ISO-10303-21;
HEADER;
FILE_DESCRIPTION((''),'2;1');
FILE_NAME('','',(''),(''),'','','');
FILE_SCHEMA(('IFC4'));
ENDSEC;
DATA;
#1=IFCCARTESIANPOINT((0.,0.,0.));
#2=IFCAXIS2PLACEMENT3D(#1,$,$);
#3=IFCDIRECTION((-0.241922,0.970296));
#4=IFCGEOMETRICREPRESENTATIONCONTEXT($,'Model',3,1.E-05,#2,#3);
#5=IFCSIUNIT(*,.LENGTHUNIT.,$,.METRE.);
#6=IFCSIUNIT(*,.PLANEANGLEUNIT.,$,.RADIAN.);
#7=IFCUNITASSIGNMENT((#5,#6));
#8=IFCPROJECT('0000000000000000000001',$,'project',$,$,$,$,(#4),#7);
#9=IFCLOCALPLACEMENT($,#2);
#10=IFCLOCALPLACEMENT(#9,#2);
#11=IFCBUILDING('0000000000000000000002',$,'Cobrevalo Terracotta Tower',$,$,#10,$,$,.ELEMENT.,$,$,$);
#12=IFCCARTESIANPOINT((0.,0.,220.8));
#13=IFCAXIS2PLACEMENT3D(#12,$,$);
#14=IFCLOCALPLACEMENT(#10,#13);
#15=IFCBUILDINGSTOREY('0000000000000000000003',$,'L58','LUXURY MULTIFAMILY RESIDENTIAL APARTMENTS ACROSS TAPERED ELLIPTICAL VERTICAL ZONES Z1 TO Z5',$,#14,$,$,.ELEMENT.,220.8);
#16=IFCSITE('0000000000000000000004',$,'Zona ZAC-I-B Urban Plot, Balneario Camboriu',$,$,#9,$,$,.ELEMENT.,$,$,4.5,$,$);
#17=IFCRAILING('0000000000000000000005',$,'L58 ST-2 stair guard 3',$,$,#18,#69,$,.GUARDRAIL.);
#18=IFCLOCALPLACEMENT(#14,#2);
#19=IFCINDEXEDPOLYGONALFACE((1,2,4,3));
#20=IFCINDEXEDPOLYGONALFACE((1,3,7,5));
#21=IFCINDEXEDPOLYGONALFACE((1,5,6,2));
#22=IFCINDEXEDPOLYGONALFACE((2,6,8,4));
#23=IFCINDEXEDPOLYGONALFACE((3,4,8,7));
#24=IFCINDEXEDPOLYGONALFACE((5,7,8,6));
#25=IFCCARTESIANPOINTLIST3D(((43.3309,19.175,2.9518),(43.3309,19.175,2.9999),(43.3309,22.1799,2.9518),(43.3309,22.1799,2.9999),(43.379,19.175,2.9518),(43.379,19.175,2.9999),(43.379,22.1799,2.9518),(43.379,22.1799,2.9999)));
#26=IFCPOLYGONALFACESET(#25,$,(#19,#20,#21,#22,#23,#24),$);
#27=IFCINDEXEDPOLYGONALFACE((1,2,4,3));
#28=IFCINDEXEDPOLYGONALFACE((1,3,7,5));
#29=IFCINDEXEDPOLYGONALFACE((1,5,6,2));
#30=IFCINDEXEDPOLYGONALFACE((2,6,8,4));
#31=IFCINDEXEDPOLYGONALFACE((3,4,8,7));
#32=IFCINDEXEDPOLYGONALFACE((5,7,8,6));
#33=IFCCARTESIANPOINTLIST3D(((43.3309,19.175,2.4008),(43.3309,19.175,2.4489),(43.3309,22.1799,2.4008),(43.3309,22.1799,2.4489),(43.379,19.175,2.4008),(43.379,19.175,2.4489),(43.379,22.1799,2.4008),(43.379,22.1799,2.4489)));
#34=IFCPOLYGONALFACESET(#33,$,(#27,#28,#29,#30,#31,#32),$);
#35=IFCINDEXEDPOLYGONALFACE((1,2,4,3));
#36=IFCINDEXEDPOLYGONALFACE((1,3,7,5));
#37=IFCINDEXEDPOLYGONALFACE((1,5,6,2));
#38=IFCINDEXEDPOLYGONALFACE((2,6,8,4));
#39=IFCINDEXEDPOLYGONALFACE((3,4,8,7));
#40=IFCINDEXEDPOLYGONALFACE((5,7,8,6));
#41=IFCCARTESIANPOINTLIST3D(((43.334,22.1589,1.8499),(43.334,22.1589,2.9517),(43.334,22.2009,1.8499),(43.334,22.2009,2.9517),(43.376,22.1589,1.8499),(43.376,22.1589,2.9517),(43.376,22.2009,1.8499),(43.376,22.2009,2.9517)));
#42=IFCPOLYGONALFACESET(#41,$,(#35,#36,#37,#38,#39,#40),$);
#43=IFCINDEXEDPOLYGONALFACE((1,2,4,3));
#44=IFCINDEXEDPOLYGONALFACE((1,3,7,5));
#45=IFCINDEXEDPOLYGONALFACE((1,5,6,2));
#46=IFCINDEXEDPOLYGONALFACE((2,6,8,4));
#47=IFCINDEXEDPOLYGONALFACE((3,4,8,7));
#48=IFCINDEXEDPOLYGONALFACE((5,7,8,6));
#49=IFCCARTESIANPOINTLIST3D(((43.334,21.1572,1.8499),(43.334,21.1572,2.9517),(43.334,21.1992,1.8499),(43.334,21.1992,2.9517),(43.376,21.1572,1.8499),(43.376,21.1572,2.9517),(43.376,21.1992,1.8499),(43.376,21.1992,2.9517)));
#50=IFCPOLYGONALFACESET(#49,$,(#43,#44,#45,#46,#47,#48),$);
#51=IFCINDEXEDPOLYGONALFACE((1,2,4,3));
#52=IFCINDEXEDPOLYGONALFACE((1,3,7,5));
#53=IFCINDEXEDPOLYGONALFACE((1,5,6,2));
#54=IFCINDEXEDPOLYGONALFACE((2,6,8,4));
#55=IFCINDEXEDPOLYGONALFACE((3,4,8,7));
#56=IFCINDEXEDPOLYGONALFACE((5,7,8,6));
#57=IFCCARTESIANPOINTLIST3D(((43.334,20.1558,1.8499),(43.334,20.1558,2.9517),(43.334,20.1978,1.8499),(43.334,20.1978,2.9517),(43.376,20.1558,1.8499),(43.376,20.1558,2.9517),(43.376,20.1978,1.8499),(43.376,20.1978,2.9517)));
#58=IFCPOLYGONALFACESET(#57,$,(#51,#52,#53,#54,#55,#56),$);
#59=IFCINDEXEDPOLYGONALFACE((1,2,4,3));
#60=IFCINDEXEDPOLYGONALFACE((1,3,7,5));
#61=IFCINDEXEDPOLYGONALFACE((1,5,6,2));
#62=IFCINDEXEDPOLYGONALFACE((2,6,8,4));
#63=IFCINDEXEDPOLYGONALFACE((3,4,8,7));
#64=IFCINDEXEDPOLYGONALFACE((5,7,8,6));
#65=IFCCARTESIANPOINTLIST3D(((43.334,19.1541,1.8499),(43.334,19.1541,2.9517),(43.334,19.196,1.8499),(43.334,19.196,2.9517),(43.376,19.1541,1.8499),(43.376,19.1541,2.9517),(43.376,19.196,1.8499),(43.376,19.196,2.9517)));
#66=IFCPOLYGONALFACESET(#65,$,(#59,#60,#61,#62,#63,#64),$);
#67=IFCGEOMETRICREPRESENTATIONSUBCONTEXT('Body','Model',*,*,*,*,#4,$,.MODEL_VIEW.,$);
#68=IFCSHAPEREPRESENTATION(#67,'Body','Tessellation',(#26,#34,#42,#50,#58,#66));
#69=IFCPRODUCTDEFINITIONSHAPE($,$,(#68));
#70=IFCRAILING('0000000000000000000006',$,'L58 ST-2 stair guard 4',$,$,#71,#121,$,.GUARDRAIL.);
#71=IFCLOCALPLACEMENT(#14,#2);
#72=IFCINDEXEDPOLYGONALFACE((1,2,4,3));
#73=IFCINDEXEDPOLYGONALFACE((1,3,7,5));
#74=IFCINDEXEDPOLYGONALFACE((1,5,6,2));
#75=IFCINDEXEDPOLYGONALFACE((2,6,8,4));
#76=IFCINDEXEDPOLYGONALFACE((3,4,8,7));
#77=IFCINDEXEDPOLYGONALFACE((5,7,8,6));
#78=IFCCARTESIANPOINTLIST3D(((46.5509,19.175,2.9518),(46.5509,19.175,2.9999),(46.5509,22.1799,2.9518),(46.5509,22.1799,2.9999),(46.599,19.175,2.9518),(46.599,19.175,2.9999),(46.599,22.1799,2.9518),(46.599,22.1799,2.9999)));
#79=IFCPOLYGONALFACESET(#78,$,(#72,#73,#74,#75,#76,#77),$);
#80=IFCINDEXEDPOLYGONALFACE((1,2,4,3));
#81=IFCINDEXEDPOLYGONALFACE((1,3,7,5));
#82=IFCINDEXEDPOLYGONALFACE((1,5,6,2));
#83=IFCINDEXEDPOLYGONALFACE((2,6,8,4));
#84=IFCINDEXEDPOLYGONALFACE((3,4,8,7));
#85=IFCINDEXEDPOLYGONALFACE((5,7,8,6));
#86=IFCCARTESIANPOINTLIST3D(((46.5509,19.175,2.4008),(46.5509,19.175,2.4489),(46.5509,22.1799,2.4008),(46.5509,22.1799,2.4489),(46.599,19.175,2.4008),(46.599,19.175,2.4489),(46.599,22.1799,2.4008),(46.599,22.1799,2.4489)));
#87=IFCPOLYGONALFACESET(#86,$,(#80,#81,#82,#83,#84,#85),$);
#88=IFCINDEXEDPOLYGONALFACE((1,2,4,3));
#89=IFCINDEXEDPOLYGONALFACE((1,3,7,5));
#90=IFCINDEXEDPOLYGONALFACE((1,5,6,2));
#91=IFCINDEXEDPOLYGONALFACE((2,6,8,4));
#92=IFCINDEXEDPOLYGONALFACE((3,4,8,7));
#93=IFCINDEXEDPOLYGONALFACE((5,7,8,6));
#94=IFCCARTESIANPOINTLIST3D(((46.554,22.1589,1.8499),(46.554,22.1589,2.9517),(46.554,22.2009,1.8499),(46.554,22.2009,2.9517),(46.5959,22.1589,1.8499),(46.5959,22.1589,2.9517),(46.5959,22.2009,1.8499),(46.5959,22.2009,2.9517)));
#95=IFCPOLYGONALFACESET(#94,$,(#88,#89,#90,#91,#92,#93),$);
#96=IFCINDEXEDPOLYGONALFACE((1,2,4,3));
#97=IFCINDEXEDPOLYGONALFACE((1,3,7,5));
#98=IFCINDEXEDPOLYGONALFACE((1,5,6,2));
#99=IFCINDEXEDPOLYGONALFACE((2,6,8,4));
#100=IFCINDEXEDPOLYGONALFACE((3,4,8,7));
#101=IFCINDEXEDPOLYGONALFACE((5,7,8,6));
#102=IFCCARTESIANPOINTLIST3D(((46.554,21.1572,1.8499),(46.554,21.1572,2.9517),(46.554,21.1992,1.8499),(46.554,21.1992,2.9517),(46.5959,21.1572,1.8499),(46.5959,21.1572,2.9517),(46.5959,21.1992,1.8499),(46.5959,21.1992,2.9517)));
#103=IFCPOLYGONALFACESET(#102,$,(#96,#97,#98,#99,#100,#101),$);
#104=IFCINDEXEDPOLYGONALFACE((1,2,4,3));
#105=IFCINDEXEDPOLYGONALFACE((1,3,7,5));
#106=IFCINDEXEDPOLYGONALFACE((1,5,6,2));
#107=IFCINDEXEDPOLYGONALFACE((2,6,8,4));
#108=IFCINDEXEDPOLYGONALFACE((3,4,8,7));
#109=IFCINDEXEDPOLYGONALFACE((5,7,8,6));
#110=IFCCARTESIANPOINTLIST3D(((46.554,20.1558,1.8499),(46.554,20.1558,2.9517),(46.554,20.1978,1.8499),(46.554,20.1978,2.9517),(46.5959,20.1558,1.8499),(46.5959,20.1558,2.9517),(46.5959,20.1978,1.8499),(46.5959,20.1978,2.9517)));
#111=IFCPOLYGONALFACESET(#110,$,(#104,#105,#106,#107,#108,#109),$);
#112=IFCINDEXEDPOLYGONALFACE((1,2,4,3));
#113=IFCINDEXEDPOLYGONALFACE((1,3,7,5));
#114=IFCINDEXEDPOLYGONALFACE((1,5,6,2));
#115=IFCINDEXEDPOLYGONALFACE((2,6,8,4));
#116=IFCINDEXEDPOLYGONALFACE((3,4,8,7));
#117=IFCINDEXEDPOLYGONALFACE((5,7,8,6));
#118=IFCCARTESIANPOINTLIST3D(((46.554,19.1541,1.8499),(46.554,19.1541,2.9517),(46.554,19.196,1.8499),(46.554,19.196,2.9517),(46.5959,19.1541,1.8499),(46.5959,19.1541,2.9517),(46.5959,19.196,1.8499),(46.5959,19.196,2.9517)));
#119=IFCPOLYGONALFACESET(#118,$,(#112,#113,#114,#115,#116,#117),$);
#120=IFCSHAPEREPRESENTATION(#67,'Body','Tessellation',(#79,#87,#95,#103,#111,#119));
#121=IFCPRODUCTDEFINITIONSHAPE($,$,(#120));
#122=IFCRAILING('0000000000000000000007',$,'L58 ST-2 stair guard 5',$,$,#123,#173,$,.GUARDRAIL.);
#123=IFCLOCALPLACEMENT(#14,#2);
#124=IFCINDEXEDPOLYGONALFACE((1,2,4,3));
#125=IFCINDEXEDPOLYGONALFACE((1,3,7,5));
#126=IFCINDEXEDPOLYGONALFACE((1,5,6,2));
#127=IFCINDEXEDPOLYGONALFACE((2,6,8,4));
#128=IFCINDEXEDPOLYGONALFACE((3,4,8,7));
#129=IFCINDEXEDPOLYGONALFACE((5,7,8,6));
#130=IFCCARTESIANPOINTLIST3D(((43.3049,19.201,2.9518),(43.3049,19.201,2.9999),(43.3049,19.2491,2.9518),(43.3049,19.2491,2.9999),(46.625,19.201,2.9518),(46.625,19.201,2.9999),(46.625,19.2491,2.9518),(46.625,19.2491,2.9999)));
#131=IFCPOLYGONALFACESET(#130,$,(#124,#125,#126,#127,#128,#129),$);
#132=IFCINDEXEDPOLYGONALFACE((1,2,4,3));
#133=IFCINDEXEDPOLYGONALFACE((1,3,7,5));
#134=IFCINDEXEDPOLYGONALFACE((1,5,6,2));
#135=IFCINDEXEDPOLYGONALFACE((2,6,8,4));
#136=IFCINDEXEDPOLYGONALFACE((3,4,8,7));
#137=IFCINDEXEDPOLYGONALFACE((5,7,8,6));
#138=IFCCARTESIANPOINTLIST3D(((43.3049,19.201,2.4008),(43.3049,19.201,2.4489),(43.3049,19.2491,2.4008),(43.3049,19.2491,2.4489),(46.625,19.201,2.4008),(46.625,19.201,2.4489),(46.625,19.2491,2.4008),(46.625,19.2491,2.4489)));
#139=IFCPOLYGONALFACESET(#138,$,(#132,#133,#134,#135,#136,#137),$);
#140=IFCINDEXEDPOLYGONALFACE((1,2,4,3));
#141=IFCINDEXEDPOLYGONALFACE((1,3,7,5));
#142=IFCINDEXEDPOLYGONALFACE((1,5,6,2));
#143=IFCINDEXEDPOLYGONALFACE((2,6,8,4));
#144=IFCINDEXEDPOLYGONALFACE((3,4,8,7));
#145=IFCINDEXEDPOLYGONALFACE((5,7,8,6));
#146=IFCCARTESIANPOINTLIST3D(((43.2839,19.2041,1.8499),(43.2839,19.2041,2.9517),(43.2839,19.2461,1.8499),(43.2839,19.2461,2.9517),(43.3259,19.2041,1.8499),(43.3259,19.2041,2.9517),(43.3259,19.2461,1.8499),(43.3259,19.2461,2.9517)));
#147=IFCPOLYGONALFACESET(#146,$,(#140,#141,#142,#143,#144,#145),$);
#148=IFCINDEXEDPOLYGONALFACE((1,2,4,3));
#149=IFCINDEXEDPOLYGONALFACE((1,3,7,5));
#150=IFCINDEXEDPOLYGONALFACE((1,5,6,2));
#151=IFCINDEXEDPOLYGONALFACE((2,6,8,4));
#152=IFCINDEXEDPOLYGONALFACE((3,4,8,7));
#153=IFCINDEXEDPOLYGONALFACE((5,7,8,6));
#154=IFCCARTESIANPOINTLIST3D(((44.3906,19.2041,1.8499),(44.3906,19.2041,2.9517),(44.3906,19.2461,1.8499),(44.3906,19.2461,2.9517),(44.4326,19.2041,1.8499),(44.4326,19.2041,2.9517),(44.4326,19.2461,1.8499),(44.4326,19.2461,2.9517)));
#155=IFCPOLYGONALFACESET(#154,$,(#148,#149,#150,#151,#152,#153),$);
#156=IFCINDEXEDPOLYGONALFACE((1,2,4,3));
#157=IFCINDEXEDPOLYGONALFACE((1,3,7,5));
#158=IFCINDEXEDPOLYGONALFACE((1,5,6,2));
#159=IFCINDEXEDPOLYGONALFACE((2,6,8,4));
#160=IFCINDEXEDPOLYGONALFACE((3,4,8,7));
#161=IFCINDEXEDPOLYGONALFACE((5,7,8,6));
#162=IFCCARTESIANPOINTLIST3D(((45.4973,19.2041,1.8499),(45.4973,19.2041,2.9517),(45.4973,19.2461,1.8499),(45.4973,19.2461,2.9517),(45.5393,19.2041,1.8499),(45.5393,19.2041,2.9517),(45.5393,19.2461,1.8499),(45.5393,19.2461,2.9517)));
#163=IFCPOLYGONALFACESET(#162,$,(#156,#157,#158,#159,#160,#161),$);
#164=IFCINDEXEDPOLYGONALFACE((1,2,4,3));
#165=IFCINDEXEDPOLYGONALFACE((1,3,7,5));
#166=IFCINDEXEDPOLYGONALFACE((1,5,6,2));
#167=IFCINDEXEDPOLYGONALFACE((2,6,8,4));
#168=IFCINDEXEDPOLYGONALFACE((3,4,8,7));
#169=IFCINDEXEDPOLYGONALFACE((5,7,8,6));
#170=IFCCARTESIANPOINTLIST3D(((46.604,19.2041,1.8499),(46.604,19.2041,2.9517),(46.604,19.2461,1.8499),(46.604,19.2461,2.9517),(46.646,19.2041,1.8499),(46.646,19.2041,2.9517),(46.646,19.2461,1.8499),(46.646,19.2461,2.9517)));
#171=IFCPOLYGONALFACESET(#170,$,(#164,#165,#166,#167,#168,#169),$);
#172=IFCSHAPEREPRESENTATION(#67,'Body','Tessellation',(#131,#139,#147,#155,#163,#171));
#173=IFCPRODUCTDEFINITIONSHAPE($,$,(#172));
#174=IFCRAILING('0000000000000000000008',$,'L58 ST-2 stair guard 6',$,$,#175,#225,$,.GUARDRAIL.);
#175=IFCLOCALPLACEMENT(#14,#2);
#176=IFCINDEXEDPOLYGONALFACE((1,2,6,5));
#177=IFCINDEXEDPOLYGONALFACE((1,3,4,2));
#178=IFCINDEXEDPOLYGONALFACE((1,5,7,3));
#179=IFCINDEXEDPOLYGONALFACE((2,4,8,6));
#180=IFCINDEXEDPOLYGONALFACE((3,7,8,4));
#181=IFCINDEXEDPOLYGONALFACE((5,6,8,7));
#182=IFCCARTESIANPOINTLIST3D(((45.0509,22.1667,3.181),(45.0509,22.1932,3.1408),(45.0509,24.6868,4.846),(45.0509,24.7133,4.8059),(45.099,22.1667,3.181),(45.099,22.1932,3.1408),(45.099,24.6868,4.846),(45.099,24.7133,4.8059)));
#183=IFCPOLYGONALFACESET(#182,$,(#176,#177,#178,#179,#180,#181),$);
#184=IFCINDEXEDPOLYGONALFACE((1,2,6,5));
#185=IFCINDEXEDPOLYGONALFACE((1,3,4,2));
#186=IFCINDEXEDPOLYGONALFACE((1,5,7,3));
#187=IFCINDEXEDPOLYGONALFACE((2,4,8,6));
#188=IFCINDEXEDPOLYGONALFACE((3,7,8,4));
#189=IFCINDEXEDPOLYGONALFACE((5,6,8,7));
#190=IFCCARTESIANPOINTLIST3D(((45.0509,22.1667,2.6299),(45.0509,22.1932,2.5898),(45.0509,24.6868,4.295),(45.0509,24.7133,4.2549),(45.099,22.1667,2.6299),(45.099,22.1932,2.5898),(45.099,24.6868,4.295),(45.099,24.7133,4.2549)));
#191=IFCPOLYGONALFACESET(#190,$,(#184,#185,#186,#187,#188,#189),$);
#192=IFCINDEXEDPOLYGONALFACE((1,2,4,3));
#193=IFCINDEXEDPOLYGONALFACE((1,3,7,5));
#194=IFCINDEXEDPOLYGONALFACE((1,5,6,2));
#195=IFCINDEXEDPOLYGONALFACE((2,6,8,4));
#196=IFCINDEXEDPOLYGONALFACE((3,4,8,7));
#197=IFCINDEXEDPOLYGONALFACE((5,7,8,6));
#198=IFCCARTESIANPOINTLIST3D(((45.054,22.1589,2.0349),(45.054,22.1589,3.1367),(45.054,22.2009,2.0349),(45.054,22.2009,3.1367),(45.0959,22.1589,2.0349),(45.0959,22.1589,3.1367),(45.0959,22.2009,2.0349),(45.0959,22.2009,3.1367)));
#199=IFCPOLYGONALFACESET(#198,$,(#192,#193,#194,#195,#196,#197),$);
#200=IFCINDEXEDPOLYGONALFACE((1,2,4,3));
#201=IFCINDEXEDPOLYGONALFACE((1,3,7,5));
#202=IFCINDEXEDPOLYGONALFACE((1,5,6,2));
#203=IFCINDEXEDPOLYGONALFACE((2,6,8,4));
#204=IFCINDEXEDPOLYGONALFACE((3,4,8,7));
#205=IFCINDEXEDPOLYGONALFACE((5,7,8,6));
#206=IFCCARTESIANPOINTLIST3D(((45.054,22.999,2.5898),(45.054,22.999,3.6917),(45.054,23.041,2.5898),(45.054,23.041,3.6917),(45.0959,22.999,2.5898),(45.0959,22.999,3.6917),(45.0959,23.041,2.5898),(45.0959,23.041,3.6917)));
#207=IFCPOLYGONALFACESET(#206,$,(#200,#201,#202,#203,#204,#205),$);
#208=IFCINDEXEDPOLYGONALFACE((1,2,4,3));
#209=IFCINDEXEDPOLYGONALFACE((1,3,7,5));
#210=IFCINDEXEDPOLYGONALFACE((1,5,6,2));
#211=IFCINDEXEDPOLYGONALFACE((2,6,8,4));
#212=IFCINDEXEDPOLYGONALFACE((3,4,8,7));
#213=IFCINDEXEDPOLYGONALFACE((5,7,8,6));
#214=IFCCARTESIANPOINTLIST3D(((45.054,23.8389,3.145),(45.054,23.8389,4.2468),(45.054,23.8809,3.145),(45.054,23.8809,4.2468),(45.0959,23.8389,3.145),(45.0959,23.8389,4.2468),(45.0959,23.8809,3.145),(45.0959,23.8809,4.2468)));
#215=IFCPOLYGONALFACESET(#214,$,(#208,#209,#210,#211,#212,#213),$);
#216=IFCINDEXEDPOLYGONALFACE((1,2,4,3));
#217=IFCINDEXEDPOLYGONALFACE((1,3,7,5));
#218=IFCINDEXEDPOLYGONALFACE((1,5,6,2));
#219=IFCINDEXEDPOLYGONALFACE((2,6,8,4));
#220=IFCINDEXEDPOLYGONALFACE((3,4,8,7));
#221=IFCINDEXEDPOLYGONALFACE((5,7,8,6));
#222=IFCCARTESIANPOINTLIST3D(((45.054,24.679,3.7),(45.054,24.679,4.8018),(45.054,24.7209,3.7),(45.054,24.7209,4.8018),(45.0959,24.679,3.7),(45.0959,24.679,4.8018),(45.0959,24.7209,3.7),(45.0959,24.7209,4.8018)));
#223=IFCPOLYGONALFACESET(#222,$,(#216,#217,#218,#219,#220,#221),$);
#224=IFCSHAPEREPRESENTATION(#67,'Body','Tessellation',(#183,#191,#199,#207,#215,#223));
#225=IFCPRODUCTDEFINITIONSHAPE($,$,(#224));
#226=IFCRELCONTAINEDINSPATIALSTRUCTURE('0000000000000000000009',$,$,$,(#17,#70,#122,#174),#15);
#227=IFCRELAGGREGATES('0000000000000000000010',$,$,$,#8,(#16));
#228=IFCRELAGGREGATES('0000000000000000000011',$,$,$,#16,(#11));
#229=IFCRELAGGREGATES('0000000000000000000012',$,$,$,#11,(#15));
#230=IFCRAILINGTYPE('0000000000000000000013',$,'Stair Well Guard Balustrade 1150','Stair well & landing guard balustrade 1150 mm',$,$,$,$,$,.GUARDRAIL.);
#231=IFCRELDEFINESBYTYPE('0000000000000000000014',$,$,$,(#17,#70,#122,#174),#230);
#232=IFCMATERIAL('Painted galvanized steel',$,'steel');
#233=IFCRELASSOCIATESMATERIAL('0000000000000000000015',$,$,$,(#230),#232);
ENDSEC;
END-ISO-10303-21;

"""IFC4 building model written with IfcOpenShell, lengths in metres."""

from ifc_helpers import new_model, si_unit, direction, frame, origin, origin_2d, place, context, subcontext, project, spatial, rectangle, extrude, material, type_object, element, save


model = new_model("IFC4")

# Units and contexts
model_context = context("Model", 3, precision=1e-05, world=origin(), true_north=direction((-0.241922, 0.970296)))
body_context = subcontext(model_context, "Body", "Model", "MODEL_VIEW")
ifc_project = project(units=[si_unit("LENGTHUNIT", "METRE"), si_unit("PLANEANGLEUNIT", "RADIAN")], contexts=[model_context])

# Site, building, storey
site_placement = place(None, origin())
site = spatial("IfcSite", under=ifc_project, at=site_placement, Name="Zona ZAC-I-B Urban Plot, Balneario Camboriu", CompositionType="ELEMENT", RefElevation=4.5)
building_placement = place(site_placement, origin())
building = spatial("IfcBuilding", under=site, at=building_placement, Name="Cobrevalo Terracotta Tower", CompositionType="ELEMENT")
storey_placement = place(building_placement, frame((0.0, 0.0, 220.8)))
storey = spatial("IfcBuildingStorey", under=building, at=storey_placement, Name="L58", Description="LUXURY MULTIFAMILY RESIDENTIAL APARTMENTS ACROSS TAPERED ELLIPTICAL VERTICAL ZONES Z1 TO Z5", CompositionType="ELEMENT", Elevation=220.8)

# Railings
ifc_material_1 = material(Name="Painted galvanized steel", Category="steel")
railing_type_1 = type_object("IfcRailingType", Name="Stair Well Guard Balustrade 1150", Description="Stair well & landing guard balustrade 1150 mm", PredefinedType="GUARDRAIL", material=ifc_material_1)
for number, where, name in (
    (1, (43.355, 22.1799, 1.8499), "L58 ST-2 stair guard 3"),
    (2, (46.575, 22.1799, 1.8499), "L58 ST-2 stair guard 4"),
):
    element("IfcRailing", number, at=place(storey_placement, frame(where)), inside=storey, type_object=railing_type_1, Name=name, PredefinedType="GUARDRAIL", context=body_context, shape_type="SweptSolid", body=[
        extrude(rectangle(XDim=0.0481, YDim=0.0481, at=origin_2d()), frame((0.0, 0.0, 1.126), z_axis=(0.0, -1.0, 0.0), x_axis=(1.0, 0.0, 0.0)), (0.0, 0.0, 1.0), 3.0049),
        extrude(rectangle(XDim=0.0481, YDim=0.0481, at=origin_2d()), frame((0.0, 0.0, 0.575), z_axis=(0.0, -1.0, 0.0), x_axis=(1.0, 0.0, 0.0)), (0.0, 0.0, 1.0), 3.0049),
        extrude(rectangle(XDim=0.042, YDim=0.042, at=origin_2d()), origin(), (0.0, 0.0, 1.0), 1.1018),
        extrude(rectangle(XDim=0.042, YDim=0.042, at=origin_2d()), frame((0.0, -1.0017, 0.0)), (0.0, 0.0, 1.0), 1.1018),
        extrude(rectangle(XDim=0.042, YDim=0.042, at=origin_2d()), frame((0.0, -2.0032, 0.0)), (0.0, 0.0, 1.0), 1.1018),
        extrude(rectangle(XDim=0.042, YDim=0.042, at=origin_2d()), frame((0.0, -3.0049, 0.0)), (0.0, 0.0, 1.0), 1.1018),
    ])
railing_1_placement = place(storey_placement, frame((43.3049, 19.2251, 1.8499)))
element("IfcRailing", 3, at=railing_1_placement, inside=storey, type_object=railing_type_1, Name="L58 ST-2 stair guard 5", PredefinedType="GUARDRAIL", context=body_context, shape_type="SweptSolid", body=[
    extrude(rectangle(XDim=0.0481, YDim=0.0481, at=origin_2d()), frame((0.0, 0.0, 1.126), z_axis=(1.0, 0.0, 0.0), x_axis=(0.0, 1.0, 0.0)), (0.0, 0.0, 1.0), 3.3201),
    extrude(rectangle(XDim=0.0481, YDim=0.0481, at=origin_2d()), frame((0.0, 0.0, 0.575), z_axis=(1.0, 0.0, 0.0), x_axis=(0.0, 1.0, 0.0)), (0.0, 0.0, 1.0), 3.3201),
    extrude(rectangle(XDim=0.042, YDim=0.042, at=origin_2d()), origin(), (0.0, 0.0, 1.0), 1.1018),
    extrude(rectangle(XDim=0.042, YDim=0.042, at=origin_2d()), frame((1.1067, 0.0, 0.0)), (0.0, 0.0, 1.0), 1.1018),
    extrude(rectangle(XDim=0.042, YDim=0.042, at=origin_2d()), frame((2.2134, 0.0, 0.0)), (0.0, 0.0, 1.0), 1.1018),
    extrude(rectangle(XDim=0.042, YDim=0.042, at=origin_2d()), frame((3.3201, 0.0, 0.0)), (0.0, 0.0, 1.0), 1.1018),
])
railing_2_placement = place(storey_placement, frame((45.075, 22.1799, 2.0349)))
element("IfcRailing", 4, at=railing_2_placement, inside=storey, type_object=railing_type_1, Name="L58 ST-2 stair guard 6", PredefinedType="GUARDRAIL", context=body_context, shape_type="SweptSolid", body=[
    extrude(rectangle(XDim=0.0481, YDim=0.0481, at=origin_2d()), frame((0.0, 0.0, 1.126), z_axis=(0.0, 0.834331, 0.551263), x_axis=(-1.0, 0.0, 0.0)), (0.0, 0.0, 1.0), 3.0205),
    extrude(rectangle(XDim=0.0481, YDim=0.0481, at=origin_2d()), frame((0.0, 0.0, 0.575), z_axis=(0.0, 0.834331, 0.551263), x_axis=(-1.0, 0.0, 0.0)), (0.0, 0.0, 1.0), 3.0205),
    extrude(rectangle(XDim=0.042, YDim=0.042, at=origin_2d()), origin(), (0.0, 0.0, 1.0), 1.1018),
    extrude(rectangle(XDim=0.042, YDim=0.042, at=origin_2d()), frame((0.0, 0.8401, 0.5549)), (0.0, 0.0, 1.0), 1.1018),
    extrude(rectangle(XDim=0.042, YDim=0.042, at=origin_2d()), frame((0.0, 1.6799, 1.1101)), (0.0, 0.0, 1.0), 1.1018),
    extrude(rectangle(XDim=0.042, YDim=0.042, at=origin_2d()), frame((0.0, 2.52, 1.665)), (0.0, 0.0, 1.0), 1.1018),
])

save(model, "model.ifc")
